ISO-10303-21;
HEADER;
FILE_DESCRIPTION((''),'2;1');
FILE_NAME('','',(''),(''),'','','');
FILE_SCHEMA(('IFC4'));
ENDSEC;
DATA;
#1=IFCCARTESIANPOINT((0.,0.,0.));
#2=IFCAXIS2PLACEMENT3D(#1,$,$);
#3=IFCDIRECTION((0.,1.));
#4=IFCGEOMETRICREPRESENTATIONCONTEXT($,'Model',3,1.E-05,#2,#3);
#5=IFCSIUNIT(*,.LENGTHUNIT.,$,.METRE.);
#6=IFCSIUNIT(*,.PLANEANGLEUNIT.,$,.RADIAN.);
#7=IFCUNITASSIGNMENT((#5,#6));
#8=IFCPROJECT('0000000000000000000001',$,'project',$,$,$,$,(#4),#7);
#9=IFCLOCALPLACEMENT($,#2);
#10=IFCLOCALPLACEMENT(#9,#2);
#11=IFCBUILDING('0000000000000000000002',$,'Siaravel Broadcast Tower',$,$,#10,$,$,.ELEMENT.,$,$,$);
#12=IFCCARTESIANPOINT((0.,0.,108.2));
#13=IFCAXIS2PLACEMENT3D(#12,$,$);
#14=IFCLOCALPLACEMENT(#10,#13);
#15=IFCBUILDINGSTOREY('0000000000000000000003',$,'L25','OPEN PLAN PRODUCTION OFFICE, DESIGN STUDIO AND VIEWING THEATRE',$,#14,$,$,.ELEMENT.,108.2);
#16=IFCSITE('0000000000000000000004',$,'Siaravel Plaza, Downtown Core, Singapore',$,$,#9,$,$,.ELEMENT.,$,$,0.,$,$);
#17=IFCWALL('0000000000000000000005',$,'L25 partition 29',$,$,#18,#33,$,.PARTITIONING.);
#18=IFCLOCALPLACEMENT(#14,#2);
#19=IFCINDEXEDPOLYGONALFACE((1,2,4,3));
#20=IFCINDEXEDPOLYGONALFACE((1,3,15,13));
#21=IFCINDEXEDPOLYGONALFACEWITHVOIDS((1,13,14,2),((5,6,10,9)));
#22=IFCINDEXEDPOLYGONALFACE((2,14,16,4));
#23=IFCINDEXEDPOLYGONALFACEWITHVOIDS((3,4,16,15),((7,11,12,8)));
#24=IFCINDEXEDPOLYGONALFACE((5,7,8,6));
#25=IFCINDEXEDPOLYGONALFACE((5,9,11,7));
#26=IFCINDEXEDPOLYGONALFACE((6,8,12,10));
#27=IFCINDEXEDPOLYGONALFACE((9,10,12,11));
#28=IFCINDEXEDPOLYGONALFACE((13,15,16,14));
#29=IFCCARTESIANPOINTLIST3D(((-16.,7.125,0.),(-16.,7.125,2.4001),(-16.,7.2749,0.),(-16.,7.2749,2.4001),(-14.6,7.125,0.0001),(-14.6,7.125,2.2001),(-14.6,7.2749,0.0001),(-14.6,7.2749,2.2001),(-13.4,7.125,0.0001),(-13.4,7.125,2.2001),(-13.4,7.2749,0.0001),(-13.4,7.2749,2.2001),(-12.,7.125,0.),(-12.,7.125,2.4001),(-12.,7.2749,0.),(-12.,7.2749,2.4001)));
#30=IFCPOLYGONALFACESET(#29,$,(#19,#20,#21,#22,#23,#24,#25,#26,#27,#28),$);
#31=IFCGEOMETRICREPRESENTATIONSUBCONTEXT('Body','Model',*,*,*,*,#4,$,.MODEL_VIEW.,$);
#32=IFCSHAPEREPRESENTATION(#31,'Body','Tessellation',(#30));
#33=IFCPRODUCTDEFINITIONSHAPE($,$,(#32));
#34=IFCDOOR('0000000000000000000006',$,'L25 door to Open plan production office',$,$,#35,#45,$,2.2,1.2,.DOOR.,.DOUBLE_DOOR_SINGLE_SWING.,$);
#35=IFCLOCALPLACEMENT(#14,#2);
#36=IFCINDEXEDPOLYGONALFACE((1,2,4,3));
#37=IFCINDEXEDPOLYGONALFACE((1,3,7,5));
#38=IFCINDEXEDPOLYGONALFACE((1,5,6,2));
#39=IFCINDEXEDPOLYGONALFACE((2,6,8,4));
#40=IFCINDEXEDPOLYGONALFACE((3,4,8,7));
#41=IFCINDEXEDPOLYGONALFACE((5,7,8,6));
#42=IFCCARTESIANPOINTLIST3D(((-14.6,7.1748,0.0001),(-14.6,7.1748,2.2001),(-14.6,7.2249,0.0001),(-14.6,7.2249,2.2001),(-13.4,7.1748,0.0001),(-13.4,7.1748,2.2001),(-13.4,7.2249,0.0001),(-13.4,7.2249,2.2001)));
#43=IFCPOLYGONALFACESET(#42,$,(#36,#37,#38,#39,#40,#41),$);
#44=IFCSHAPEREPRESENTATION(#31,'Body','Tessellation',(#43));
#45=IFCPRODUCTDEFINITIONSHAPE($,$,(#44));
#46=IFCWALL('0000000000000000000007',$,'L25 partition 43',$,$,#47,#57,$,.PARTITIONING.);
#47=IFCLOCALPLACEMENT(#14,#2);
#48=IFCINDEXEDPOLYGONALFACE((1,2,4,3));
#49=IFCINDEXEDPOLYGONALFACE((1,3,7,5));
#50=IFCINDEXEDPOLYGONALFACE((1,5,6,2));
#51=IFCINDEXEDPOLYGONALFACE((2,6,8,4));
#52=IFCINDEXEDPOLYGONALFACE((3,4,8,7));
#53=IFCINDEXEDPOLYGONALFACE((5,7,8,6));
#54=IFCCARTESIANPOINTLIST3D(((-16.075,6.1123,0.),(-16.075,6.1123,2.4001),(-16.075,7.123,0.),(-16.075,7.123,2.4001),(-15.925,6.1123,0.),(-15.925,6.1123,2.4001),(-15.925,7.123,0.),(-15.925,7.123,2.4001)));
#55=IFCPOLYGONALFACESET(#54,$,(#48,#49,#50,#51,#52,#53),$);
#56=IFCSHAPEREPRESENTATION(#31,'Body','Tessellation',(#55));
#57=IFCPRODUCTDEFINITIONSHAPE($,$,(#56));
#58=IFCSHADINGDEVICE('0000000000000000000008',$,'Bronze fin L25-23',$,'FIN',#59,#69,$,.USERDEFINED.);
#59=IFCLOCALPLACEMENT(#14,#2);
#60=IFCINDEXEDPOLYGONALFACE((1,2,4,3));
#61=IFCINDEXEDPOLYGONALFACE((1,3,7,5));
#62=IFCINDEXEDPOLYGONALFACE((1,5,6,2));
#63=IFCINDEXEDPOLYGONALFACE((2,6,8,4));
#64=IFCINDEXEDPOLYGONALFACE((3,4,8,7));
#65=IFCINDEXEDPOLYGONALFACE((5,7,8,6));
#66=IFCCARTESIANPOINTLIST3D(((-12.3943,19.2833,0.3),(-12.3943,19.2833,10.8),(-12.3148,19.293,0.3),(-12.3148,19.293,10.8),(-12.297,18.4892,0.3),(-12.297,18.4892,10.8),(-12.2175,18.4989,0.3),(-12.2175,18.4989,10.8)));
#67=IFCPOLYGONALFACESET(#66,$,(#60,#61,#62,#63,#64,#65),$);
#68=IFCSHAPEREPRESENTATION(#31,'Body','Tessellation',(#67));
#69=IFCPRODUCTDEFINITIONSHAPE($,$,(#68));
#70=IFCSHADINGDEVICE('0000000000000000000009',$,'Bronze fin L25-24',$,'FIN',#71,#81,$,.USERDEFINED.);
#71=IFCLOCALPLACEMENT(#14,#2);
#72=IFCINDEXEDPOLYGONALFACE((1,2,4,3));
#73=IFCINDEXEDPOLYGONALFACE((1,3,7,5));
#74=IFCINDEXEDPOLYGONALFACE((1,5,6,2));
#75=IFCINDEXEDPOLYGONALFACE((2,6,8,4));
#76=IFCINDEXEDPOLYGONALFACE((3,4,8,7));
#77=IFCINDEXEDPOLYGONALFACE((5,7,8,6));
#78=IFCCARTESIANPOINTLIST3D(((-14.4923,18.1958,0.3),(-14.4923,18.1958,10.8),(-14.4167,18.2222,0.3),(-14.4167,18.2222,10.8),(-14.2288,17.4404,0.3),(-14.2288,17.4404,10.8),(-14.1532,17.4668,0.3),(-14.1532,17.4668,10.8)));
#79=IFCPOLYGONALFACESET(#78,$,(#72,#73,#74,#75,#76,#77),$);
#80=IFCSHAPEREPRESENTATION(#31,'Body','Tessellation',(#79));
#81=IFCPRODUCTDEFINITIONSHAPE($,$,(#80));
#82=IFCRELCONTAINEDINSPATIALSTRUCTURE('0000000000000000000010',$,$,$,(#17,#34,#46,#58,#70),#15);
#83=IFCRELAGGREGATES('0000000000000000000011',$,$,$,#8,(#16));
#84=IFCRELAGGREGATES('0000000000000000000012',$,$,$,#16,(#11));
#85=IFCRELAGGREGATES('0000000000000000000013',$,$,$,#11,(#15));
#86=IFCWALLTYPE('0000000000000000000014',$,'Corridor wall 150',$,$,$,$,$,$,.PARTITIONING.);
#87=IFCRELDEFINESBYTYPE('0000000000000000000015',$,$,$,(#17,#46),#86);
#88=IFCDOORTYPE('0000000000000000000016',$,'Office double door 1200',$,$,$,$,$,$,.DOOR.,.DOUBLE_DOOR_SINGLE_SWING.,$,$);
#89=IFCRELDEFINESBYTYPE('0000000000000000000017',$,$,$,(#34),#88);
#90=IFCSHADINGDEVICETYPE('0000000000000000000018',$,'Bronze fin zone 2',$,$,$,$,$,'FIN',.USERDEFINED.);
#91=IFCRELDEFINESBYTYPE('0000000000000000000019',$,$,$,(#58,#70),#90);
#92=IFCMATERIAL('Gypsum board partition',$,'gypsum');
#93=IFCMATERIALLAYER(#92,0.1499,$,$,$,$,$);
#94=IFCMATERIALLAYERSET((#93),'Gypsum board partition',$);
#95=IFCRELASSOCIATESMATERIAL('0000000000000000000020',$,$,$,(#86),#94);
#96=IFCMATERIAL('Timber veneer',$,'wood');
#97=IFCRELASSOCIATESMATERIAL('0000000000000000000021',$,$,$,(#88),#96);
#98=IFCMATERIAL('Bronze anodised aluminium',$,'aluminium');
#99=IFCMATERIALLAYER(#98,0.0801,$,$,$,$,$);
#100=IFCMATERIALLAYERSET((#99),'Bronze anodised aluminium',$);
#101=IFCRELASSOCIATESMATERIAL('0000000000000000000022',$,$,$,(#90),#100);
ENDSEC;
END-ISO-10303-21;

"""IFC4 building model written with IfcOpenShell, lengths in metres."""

from ifc_helpers import new_model, si_unit, direction, frame, frame_2d, origin, origin_2d, place, context, subcontext, project, spatial, rectangle, extrude, material, layer, layer_set, type_object, element, fill, save


model = new_model("IFC4")

# Units and contexts
model_context = context("Model", 3, precision=1e-05, world=origin(), true_north=direction((0.0, 1.0)))
body_context = subcontext(model_context, "Body", "Model", "MODEL_VIEW")
ifc_project = project(units=[si_unit("LENGTHUNIT", "METRE"), si_unit("PLANEANGLEUNIT", "RADIAN")], contexts=[model_context])

# Site, building, storey
site_placement = place(None, origin())
site = spatial("IfcSite", under=ifc_project, at=site_placement, Name="Siaravel Plaza, Downtown Core, Singapore", CompositionType="ELEMENT", RefElevation=0.0)
building_placement = place(site_placement, origin())
building = spatial("IfcBuilding", under=site, at=building_placement, Name="Siaravel Broadcast Tower", CompositionType="ELEMENT")
storey_placement = place(building_placement, frame((0.0, 0.0, 108.2)))
storey = spatial("IfcBuildingStorey", under=building, at=storey_placement, Name="L25", Description="OPEN PLAN PRODUCTION OFFICE, DESIGN STUDIO AND VIEWING THEATRE", CompositionType="ELEMENT", Elevation=108.2)

# Shared definitions
ifc_material_1 = material(Name="Timber veneer", Category="wood")

# Wall, opening, door
ifc_material_2 = material(Name="Gypsum board partition", Category="gypsum")
ifc_layer_1 = layer(ifc_material_2, 0.1499)
ifc_layer_set_1 = layer_set([ifc_layer_1], Name="Gypsum board partition")
wall_type_1 = type_object("IfcWallType", Name="Corridor wall 150", PredefinedType="PARTITIONING", material=ifc_layer_set_1)
door_type_1 = type_object("IfcDoorType", Name="Office double door 1200", OperationType="DOUBLE_DOOR_SINGLE_SWING", PredefinedType="DOOR", material=ifc_material_1)
wall_1_placement = place(storey_placement, frame((-16.0, 7.2, 0.0), z_axis=(0.0, 0.0, 1.0), x_axis=(1.0, 0.0, 0.0)))
wall_1 = element("IfcWall", 1, at=wall_1_placement, inside=storey, type_object=wall_type_1, Name="L25 partition 29", PredefinedType="PARTITIONING", context=body_context, shape_type="SweptSolid", body=[
    extrude(rectangle(XDim=4.0, YDim=0.1499, at=frame_2d((2.0, 0.0))), origin(), (0.0, 0.0, 1.0), 2.4001),
])
opening_1_placement = place(wall_1_placement, frame((1.3999, 0.0, 0.0)))
opening_1 = element("IfcOpeningElement", 2, at=opening_1_placement, cuts=wall_1, PredefinedType="OPENING", context=body_context, shape_type="SweptSolid", body=[
    extrude(rectangle(XDim=1.2, YDim=2.2, at=frame_2d((0.6001, 1.1001))), frame((0.0, 0.085, 0.0), z_axis=(0.0, -1.0, 0.0), x_axis=(1.0, 0.0, 0.0)), (0.0, 0.0, 1.0), 0.1699),
])
door_1_placement = place(opening_1_placement, origin())
door_1 = element("IfcDoor", 3, at=door_1_placement, inside=storey, type_object=door_type_1, Name="L25 door to Open plan production office", OperationType="DOUBLE_DOOR_SINGLE_SWING", OverallHeight=2.2, OverallWidth=1.2, PredefinedType="DOOR", context=body_context, shape_type="SweptSolid", body=[
    extrude(rectangle(XDim=1.2, YDim=2.2, at=frame_2d((0.6001, 1.1001))), frame((0.0, 0.0249, 0.0), z_axis=(0.0, -1.0, 0.0), x_axis=(1.0, 0.0, 0.0)), (0.0, 0.0, 1.0), 0.05),
])
fill(opening_1, door_1)

# Wall
wall_2_placement = place(storey_placement, frame((-16.0, 6.1123, 0.0), z_axis=(0.0, 0.0, 1.0), x_axis=(0.0, 1.0, 0.0)))
element("IfcWall", 4, at=wall_2_placement, inside=storey, type_object=wall_type_1, Name="L25 partition 43", PredefinedType="PARTITIONING", context=body_context, shape_type="SweptSolid", body=[
    extrude(rectangle(XDim=1.0107, YDim=0.1499, at=frame_2d((0.5054, 0.0))), origin(), (0.0, 0.0, 1.0), 2.4001),
])

# Shading devices
ifc_material_3 = material(Name="Bronze anodised aluminium", Category="aluminium")
ifc_layer_2 = layer(ifc_material_3, 0.0801)
ifc_layer_set_2 = layer_set([ifc_layer_2], Name="Bronze anodised aluminium")
shading_device_type = type_object("IfcShadingDeviceType", Name="Bronze fin zone 2", ElementType="FIN", PredefinedType="USERDEFINED", material=ifc_layer_set_2)
for number, where, z_axis, x_axis, name in (
    (5, (-12.3059, 18.8911, 0.3), (0.0, 0.0, 1.0), (-0.121646, 0.992574, 0.0), "Bronze fin L25-23"),
    (6, (-14.3228, 17.8313, 0.3), (0.0, 0.0, 1.0), (-0.329325, 0.944217, 0.0), "Bronze fin L25-24"),
):
    element("IfcShadingDevice", number, at=place(storey_placement, frame(where, z_axis=z_axis, x_axis=x_axis)), inside=storey, type_object=shading_device_type, Name=name, ObjectType="FIN", PredefinedType="USERDEFINED", context=body_context, shape_type="SweptSolid", body=[
        extrude(rectangle(XDim=0.8, YDim=0.0801, at=origin_2d()), origin(), (0.0, 0.0, 1.0), 10.5),
    ])

save(model, "model.ifc")
